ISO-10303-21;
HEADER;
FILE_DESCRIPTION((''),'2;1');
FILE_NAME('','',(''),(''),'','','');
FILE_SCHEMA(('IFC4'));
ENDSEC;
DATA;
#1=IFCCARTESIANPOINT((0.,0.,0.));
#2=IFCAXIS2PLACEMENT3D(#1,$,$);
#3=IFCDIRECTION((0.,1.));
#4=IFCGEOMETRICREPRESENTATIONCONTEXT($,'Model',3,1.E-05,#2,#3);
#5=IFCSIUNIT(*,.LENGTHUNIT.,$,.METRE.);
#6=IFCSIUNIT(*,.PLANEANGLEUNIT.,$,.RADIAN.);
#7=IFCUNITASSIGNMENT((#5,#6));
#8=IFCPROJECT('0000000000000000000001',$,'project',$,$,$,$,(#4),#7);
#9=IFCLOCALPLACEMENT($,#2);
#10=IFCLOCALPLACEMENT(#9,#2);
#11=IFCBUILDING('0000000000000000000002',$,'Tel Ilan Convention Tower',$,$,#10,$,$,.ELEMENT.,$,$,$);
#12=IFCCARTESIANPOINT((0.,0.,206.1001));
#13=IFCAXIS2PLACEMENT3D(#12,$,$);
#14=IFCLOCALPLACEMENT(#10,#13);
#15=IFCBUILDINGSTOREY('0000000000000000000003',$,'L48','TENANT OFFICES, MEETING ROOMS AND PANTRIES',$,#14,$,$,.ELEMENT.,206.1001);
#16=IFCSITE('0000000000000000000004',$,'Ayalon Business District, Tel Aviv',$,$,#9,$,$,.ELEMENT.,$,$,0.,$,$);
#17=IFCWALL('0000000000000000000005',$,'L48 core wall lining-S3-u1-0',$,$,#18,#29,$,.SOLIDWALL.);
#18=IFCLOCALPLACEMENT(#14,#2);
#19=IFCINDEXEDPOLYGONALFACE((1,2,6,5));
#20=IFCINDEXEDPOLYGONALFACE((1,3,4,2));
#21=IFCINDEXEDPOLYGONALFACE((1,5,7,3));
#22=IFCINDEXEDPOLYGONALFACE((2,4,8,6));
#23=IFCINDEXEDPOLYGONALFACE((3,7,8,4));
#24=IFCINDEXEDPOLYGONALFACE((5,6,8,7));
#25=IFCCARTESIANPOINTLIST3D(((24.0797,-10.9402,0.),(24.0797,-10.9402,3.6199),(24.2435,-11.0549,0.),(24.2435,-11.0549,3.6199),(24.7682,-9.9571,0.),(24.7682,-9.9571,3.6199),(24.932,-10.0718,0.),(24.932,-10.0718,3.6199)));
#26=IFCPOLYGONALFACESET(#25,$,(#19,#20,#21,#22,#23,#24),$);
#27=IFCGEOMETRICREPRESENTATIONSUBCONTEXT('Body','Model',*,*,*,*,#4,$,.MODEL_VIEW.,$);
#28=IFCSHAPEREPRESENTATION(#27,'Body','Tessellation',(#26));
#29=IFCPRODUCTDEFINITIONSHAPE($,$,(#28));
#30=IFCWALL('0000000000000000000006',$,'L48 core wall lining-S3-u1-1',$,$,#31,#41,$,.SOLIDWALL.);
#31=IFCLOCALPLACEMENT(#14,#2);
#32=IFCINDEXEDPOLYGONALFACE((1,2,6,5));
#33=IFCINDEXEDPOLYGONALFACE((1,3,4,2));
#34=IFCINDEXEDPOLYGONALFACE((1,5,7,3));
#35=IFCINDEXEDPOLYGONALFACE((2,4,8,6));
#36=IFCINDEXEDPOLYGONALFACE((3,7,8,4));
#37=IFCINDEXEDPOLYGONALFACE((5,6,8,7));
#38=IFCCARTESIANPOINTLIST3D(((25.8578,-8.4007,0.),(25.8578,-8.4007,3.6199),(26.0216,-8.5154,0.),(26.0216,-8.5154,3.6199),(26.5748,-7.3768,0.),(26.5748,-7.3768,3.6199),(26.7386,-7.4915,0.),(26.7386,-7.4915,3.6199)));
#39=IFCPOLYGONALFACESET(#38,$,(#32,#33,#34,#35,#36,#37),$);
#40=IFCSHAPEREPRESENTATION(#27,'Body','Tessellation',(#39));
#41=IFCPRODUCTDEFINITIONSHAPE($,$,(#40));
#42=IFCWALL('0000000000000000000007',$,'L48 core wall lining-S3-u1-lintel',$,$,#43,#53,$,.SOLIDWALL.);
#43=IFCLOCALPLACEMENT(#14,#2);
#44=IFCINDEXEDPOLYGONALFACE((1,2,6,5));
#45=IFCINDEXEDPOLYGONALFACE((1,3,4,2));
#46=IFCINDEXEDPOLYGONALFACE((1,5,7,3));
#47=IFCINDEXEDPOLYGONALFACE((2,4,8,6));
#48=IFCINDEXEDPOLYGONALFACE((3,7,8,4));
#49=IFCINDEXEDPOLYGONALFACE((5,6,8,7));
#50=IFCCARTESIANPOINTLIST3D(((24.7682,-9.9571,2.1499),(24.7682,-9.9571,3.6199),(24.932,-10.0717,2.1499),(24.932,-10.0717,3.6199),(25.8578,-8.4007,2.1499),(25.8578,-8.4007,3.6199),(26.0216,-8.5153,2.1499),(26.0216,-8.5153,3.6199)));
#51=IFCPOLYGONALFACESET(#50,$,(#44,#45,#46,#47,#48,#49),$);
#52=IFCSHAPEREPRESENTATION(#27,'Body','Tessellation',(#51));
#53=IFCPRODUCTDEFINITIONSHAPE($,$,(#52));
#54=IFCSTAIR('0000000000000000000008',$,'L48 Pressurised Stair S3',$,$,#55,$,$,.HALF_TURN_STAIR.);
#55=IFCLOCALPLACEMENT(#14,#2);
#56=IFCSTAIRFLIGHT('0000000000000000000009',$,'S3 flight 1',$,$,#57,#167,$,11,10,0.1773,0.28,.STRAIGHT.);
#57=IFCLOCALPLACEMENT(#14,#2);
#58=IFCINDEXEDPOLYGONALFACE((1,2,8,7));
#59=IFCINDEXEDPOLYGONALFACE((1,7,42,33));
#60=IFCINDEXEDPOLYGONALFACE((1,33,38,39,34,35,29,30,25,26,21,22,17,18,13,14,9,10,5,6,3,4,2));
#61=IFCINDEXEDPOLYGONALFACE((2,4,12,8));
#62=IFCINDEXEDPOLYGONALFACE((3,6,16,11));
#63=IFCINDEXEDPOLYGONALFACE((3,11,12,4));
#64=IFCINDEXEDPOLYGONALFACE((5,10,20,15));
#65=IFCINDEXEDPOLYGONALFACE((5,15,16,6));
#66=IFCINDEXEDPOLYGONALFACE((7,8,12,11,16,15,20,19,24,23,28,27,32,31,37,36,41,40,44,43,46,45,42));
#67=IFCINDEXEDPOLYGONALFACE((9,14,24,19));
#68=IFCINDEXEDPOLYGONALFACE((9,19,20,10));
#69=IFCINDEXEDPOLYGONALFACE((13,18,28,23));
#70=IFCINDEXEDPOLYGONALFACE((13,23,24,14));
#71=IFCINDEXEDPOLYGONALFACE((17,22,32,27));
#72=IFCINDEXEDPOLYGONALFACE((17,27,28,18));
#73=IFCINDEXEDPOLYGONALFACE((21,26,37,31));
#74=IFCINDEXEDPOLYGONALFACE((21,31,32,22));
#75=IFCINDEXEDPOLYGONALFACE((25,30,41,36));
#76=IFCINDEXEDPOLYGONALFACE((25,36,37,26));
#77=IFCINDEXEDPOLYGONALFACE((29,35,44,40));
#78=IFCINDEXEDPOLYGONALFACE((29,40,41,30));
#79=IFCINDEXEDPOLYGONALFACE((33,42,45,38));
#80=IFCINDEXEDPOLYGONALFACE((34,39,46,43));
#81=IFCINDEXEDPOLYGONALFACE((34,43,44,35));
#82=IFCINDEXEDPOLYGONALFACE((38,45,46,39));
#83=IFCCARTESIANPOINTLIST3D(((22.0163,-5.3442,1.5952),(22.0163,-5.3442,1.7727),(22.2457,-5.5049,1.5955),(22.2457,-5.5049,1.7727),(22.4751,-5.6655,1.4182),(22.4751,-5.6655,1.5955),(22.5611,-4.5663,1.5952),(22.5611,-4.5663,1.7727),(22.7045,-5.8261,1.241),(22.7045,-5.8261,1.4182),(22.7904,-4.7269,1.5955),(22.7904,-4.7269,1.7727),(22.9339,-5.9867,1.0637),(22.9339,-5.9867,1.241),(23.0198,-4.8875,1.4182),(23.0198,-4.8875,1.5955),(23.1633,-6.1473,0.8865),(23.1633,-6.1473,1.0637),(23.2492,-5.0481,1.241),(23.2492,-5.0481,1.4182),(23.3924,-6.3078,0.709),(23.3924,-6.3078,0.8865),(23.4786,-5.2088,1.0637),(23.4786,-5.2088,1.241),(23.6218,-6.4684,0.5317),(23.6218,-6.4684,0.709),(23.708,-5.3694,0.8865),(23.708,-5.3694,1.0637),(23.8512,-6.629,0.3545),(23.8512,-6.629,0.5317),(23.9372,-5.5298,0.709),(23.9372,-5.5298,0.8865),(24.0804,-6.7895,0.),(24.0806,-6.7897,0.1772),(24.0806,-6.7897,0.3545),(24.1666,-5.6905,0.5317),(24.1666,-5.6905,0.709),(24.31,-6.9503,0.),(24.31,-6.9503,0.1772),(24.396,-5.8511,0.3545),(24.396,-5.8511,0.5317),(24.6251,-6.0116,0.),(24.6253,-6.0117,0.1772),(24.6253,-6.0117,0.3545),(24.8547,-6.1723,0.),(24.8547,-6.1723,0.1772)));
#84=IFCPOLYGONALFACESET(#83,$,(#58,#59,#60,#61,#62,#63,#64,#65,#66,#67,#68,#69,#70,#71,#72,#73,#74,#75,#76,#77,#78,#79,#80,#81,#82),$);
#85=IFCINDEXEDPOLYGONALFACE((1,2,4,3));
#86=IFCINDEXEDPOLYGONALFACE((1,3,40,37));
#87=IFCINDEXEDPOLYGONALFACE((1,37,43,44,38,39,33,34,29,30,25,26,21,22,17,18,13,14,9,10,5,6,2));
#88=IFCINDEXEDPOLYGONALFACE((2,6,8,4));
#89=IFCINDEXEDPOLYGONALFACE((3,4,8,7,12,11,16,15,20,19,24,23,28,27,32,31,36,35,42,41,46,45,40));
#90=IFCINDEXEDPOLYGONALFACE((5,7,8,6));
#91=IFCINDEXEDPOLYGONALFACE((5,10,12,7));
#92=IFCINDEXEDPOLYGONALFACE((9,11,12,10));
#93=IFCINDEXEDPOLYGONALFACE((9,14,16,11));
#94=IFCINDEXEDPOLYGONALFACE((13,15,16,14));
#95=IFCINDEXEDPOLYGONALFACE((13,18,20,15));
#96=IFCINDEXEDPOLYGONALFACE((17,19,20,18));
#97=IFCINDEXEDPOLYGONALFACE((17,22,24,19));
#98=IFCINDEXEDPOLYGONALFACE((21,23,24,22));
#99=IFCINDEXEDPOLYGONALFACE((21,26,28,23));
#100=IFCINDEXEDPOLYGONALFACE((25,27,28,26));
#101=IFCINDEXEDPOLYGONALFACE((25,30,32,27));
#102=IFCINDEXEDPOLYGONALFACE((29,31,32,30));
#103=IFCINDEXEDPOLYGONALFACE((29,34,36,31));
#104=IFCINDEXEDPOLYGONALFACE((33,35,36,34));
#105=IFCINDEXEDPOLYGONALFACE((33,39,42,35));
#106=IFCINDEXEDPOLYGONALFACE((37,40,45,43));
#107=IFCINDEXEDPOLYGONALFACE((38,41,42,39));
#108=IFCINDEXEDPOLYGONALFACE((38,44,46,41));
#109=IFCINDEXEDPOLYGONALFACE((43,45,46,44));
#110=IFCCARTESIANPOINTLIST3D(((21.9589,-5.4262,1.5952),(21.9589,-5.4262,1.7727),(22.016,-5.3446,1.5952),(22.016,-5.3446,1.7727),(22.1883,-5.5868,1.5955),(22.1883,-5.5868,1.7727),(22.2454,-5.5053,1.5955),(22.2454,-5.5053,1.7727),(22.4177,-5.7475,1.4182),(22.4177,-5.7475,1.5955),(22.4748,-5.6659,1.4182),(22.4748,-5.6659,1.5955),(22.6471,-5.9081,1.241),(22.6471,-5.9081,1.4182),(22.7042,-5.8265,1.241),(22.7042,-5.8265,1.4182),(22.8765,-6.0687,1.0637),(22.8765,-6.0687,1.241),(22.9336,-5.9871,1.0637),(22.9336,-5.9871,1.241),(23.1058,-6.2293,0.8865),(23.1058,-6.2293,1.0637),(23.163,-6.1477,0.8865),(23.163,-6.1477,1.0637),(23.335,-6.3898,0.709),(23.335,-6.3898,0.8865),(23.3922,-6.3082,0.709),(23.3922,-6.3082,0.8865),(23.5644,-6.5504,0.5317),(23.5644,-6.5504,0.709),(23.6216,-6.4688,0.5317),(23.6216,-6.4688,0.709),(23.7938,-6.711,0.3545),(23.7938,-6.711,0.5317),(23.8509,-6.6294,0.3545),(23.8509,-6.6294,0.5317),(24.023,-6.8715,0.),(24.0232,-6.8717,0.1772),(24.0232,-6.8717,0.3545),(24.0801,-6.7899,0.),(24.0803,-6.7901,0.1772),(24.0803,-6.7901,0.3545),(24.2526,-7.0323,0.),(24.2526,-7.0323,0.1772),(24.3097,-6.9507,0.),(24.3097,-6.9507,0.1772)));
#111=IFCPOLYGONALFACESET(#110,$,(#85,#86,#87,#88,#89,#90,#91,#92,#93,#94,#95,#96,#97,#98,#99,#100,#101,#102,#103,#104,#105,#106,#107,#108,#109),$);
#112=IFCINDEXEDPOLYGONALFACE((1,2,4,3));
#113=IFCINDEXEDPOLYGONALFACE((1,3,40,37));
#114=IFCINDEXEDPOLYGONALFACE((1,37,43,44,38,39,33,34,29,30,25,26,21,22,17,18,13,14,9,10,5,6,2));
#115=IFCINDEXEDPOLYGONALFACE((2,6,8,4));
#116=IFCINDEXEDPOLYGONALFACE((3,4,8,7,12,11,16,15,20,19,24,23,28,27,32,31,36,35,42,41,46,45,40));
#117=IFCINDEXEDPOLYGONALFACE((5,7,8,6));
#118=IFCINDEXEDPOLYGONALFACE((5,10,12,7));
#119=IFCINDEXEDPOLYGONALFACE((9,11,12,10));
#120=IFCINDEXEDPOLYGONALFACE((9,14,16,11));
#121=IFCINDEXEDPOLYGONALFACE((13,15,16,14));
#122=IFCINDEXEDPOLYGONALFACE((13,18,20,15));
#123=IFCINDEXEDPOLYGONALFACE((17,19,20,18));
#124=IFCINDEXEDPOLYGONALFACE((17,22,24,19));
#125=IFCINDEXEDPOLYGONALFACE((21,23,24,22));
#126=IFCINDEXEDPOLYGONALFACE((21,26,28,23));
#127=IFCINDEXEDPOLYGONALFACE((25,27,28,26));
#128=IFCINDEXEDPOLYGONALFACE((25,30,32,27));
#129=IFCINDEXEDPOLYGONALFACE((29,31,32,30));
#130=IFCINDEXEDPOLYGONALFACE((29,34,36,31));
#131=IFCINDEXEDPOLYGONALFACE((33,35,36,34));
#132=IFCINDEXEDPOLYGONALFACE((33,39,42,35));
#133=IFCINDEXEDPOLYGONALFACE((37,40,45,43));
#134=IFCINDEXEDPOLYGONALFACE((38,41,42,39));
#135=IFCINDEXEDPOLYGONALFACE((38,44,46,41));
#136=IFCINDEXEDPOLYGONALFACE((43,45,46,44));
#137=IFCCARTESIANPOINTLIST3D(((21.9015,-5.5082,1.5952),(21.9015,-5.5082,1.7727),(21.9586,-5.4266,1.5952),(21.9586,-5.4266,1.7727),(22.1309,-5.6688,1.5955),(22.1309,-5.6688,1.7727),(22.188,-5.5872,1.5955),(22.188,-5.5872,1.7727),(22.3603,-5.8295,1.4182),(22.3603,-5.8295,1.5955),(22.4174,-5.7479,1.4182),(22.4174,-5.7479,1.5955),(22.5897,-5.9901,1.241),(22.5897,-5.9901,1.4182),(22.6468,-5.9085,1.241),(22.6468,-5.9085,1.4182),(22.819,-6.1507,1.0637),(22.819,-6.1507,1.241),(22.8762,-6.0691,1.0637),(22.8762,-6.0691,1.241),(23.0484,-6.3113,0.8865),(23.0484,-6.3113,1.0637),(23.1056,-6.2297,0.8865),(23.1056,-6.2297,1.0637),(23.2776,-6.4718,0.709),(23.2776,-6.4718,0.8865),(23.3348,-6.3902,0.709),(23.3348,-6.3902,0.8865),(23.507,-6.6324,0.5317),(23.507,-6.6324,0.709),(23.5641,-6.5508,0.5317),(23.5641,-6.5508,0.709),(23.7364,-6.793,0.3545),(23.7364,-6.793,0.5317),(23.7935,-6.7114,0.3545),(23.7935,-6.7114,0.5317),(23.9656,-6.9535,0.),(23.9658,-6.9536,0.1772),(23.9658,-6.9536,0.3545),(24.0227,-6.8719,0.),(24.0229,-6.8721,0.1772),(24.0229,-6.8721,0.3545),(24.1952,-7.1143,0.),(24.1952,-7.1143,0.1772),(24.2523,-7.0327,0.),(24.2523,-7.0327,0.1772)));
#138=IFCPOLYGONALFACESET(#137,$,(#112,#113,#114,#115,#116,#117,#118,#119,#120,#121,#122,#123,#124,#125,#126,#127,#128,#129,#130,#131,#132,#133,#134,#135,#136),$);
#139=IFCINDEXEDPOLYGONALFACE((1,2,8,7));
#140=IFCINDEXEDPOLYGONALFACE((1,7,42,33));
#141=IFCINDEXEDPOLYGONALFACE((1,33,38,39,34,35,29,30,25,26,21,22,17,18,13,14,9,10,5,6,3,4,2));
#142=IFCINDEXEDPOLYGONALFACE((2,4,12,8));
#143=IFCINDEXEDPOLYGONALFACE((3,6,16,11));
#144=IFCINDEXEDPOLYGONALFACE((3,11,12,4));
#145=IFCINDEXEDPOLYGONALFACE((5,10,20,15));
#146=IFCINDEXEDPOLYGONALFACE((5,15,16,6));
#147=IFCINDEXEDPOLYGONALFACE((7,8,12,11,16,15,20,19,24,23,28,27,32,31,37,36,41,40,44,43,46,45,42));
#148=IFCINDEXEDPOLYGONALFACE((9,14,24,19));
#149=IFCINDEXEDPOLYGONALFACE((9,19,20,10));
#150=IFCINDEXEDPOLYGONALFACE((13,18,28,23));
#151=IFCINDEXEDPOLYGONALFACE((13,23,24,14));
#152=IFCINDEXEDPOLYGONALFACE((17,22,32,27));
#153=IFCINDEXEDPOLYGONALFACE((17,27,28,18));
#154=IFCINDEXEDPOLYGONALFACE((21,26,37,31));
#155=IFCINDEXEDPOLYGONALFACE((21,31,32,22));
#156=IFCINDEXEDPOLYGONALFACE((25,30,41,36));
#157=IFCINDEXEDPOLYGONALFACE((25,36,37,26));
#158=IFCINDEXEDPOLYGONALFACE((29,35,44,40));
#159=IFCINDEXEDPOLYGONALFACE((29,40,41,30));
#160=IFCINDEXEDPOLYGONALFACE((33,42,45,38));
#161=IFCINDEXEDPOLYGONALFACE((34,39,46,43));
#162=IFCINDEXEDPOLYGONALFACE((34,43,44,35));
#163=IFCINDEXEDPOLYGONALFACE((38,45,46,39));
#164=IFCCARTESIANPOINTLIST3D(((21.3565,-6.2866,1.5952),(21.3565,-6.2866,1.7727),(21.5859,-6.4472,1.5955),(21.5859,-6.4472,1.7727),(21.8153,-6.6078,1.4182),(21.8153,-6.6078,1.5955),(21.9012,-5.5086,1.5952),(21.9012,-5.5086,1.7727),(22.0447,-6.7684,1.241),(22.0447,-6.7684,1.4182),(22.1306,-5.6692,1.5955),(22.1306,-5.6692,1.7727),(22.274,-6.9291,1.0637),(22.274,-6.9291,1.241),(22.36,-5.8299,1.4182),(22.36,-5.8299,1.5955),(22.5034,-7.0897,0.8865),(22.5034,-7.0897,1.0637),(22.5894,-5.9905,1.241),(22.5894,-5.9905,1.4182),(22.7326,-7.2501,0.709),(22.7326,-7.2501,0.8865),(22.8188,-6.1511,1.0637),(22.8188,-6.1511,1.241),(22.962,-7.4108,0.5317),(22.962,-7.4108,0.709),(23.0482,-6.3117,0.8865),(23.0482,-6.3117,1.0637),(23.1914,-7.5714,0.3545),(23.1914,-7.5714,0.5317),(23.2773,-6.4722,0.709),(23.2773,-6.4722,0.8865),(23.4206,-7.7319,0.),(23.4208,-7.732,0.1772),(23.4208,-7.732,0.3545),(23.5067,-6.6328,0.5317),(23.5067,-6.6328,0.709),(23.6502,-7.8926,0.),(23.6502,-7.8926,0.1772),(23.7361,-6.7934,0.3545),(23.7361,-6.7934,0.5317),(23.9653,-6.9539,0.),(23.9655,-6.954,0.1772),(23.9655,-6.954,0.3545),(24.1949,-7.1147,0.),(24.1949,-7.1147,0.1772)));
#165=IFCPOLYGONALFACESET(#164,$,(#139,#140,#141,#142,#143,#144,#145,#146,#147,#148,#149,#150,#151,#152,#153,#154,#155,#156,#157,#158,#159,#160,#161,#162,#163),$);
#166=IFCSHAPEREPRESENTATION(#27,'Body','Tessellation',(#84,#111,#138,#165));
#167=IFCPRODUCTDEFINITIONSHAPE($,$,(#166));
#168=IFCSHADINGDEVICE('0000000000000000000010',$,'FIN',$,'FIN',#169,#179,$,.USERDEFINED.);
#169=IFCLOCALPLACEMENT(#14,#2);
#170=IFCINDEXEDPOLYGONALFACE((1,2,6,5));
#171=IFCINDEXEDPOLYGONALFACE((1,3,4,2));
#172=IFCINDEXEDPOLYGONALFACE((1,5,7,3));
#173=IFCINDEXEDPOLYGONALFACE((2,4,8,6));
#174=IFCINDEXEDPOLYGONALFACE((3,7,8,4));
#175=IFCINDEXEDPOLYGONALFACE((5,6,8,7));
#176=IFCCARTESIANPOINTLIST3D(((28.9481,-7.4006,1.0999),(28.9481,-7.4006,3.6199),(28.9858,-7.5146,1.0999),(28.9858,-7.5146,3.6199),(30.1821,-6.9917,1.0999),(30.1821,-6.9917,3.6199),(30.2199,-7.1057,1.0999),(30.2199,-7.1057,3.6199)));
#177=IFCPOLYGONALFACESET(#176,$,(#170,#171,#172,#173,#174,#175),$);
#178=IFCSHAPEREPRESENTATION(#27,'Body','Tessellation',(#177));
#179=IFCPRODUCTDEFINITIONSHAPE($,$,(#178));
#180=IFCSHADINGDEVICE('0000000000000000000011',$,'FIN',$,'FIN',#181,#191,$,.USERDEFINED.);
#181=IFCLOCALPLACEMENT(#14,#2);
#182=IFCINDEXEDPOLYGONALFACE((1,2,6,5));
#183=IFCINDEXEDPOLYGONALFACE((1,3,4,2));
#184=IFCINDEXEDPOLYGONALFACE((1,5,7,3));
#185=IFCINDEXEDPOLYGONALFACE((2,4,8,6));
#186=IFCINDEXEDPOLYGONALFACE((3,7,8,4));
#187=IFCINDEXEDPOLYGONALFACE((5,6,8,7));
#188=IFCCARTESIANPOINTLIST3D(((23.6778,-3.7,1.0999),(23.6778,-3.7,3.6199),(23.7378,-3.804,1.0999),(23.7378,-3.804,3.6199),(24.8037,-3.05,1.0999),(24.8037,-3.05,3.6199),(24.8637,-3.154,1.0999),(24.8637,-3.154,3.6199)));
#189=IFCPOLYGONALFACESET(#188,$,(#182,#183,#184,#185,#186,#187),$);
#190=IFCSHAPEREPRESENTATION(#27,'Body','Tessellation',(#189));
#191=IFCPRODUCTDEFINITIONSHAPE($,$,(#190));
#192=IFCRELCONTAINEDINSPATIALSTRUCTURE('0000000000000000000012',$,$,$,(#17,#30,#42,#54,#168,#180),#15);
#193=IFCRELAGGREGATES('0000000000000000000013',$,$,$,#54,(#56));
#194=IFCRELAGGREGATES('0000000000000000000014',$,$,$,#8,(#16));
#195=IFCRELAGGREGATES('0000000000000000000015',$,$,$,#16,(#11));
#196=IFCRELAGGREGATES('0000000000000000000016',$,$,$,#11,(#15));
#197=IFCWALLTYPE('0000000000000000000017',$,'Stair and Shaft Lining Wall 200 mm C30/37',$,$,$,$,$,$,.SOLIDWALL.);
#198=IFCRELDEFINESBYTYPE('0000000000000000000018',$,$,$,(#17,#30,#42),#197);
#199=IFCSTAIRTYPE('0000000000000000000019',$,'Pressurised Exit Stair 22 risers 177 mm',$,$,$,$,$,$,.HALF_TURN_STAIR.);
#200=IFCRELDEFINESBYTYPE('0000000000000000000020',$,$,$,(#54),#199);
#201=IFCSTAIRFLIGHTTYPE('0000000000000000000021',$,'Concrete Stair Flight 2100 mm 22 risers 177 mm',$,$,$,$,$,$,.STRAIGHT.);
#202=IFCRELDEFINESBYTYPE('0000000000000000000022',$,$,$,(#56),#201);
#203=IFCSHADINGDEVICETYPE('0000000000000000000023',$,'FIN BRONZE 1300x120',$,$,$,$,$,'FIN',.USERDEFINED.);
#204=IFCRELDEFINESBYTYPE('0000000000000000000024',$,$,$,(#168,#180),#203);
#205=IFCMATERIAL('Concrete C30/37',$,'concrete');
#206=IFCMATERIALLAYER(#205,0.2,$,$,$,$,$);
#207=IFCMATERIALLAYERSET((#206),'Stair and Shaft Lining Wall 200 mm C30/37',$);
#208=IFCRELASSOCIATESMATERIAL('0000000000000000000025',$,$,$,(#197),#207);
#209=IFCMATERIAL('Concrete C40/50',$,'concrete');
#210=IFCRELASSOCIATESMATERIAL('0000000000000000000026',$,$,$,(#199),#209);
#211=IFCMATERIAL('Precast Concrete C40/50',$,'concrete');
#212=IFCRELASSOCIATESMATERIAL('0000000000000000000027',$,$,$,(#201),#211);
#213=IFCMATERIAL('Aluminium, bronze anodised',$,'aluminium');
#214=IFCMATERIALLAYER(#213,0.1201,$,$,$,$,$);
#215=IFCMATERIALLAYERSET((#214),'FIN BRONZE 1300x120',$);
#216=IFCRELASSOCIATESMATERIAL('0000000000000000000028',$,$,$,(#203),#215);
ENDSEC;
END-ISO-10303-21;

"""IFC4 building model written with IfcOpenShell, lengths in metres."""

from ifc_helpers import new_model, si_unit, direction, frame, frame_2d, origin, origin_2d, place, context, subcontext, project, spatial, polyline, rectangle, outline, extrude, material, layer, layer_set, type_object, element, aggregate, save


model = new_model("IFC4")

# Units and contexts
model_context = context("Model", 3, precision=1e-05, world=origin(), true_north=direction((0.0, 1.0)))
body_context = subcontext(model_context, "Body", "Model", "MODEL_VIEW")
ifc_project = project(units=[si_unit("LENGTHUNIT", "METRE"), si_unit("PLANEANGLEUNIT", "RADIAN")], contexts=[model_context])

# Site, building, storey
site_placement = place(None, origin())
site = spatial("IfcSite", under=ifc_project, at=site_placement, Name="Ayalon Business District, Tel Aviv", CompositionType="ELEMENT", RefElevation=0.0)
building_placement = place(site_placement, origin())
building = spatial("IfcBuilding", under=site, at=building_placement, Name="Tel Ilan Convention Tower", CompositionType="ELEMENT")
storey_placement = place(building_placement, frame((0.0, 0.0, 206.1001)))
storey = spatial("IfcBuildingStorey", under=building, at=storey_placement, Name="L48", Description="TENANT OFFICES, MEETING ROOMS AND PANTRIES", CompositionType="ELEMENT", Elevation=206.1001)

# Walls
ifc_material_1 = material(Name="Concrete C30/37", Category="concrete")
ifc_layer_1 = layer(ifc_material_1, 0.2)
ifc_layer_set_1 = layer_set([ifc_layer_1], Name="Stair and Shaft Lining Wall 200 mm C30/37")
wall_type_1 = type_object("IfcWallType", Name="Stair and Shaft Lining Wall 200 mm C30/37", PredefinedType="SOLIDWALL", material=ifc_layer_set_1)
wall_1_placement = place(storey_placement, frame((24.1616, -10.9976, 0.0), z_axis=(0.0, 0.0, 1.0), x_axis=(0.573613, 0.819127, 0.0)))
element("IfcWall", 1, at=wall_1_placement, inside=storey, type_object=wall_type_1, Name="L48 core wall lining-S3-u1-0", PredefinedType="SOLIDWALL", context=body_context, shape_type="SweptSolid", body=[
    extrude(rectangle(XDim=1.2002, YDim=0.2, at=frame_2d((0.6001, 0.0))), origin(), (0.0, 0.0, 1.0), 3.6199),
])
wall_2_placement = place(storey_placement, frame((25.9397, -8.458, 0.0), z_axis=(0.0, 0.0, 1.0), x_axis=(0.57362, 0.819122, 0.0)))
element("IfcWall", 2, at=wall_2_placement, inside=storey, type_object=wall_type_1, Name="L48 core wall lining-S3-u1-1", PredefinedType="SOLIDWALL", context=body_context, shape_type="SweptSolid", body=[
    extrude(rectangle(XDim=1.25, YDim=0.2, at=frame_2d((0.625, 0.0))), origin(), (0.0, 0.0, 1.0), 3.6199),
])
wall_3_placement = place(storey_placement, frame((24.8501, -10.0144, 2.1499), z_axis=(0.0, 0.0, 1.0), x_axis=(0.573505, 0.819202, 0.0)))
element("IfcWall", 3, at=wall_3_placement, inside=storey, type_object=wall_type_1, Name="L48 core wall lining-S3-u1-lintel", PredefinedType="SOLIDWALL", context=body_context, shape_type="SweptSolid", body=[
    extrude(rectangle(XDim=1.8999, YDim=0.2, at=frame_2d((0.95, 0.0))), origin(), (0.0, 0.0, 1.0), 1.47),
])

# Stair, stair flight
ifc_material_2 = material(Name="Concrete C40/50", Category="concrete")
stair_type = type_object("IfcStairType", Name="Pressurised Exit Stair 22 risers 177 mm", PredefinedType="HALF_TURN_STAIR", material=ifc_material_2)
stair_placement = place(storey_placement, origin())
stair = element("IfcStair", 4, at=stair_placement, inside=storey, type_object=stair_type, Name="L48 Pressurised Stair S3", PredefinedType="HALF_TURN_STAIR")
ifc_material_3 = material(Name="Precast Concrete C40/50", Category="concrete")
stair_flight_type = type_object("IfcStairFlightType", Name="Concrete Stair Flight 2100 mm 22 risers 177 mm", PredefinedType="STRAIGHT", material=ifc_material_3)
stair_flight_placement = place(storey_placement, frame((24.2524, -7.0325, 0.0), z_axis=(0.0, 0.0, 1.0), x_axis=(-0.819152, 0.573576, 0.0)))
stair_flight = element("IfcStairFlight", 5, at=stair_flight_placement, type_object=stair_flight_type, Name="S3 flight 1", NumberOfRisers=11, NumberOfTreads=10, PredefinedType="STRAIGHT", RiserHeight=0.1773, TreadLength=0.28, context=body_context, shape_type="SweptSolid", body=[
    extrude(outline(polyline([(0.0, 0.0), (0.0, 0.1772), (0.28, 0.1772), (0.28, 0.3545), (0.5601, 0.3545), (0.5601, 0.5317), (0.8401, 0.5317), (0.8401, 0.709), (1.1201, 0.709), (1.1201, 0.8865), (1.3999, 0.8865), (1.3999, 1.0637), (1.6799, 1.0637), (1.6799, 1.241), (1.96, 1.241), (1.96, 1.4182), (2.24, 1.4182), (2.24, 1.5955), (2.52, 1.5955), (2.52, 1.7727), (2.8, 1.7727), (2.8, 1.95), (2.8, 1.5952), (0.2803, 0.0), (0.0, 0.0)])), frame((0.0, -0.1003, 0.0), z_axis=(0.0, -1.0, 0.0), x_axis=(1.0, 0.0, 0.0)), (0.0, 0.0, 1.0), 0.9497),
    extrude(outline(polyline([(0.0, 0.0), (0.0, 0.1772), (0.28, 0.1772), (0.28, 0.3545), (0.5601, 0.3545), (0.5601, 0.5317), (0.8401, 0.5317), (0.8401, 0.709), (1.1201, 0.709), (1.1201, 0.8865), (1.3999, 0.8865), (1.3999, 1.0637), (1.6799, 1.0637), (1.6799, 1.241), (1.96, 1.241), (1.96, 1.4182), (2.24, 1.4182), (2.24, 1.5955), (2.52, 1.5955), (2.52, 1.7727), (2.8, 1.7727), (2.8, 1.95), (2.8, 1.5952), (0.2803, 0.0), (0.0, 0.0)])), frame((0.0, -0.0002, 0.0), z_axis=(0.0, -1.0, 0.0), x_axis=(1.0, 0.0, 0.0)), (0.0, 0.0, 1.0), 0.0996),
    extrude(outline(polyline([(0.0, 0.0), (0.0, 0.1772), (0.28, 0.1772), (0.28, 0.3545), (0.5601, 0.3545), (0.5601, 0.5317), (0.8401, 0.5317), (0.8401, 0.709), (1.1201, 0.709), (1.1201, 0.8865), (1.3999, 0.8865), (1.3999, 1.0637), (1.6799, 1.0637), (1.6799, 1.241), (1.96, 1.241), (1.96, 1.4182), (2.24, 1.4182), (2.24, 1.5955), (2.52, 1.5955), (2.52, 1.7727), (2.8, 1.7727), (2.8, 1.95), (2.8, 1.5952), (0.2803, 0.0), (0.0, 0.0)])), frame((0.0, 0.0999, 0.0), z_axis=(0.0, -1.0, 0.0), x_axis=(1.0, 0.0, 0.0)), (0.0, 0.0, 1.0), 0.0996),
    extrude(outline(polyline([(0.0, 0.0), (0.0, 0.1772), (0.28, 0.1772), (0.28, 0.3545), (0.5601, 0.3545), (0.5601, 0.5317), (0.8401, 0.5317), (0.8401, 0.709), (1.1201, 0.709), (1.1201, 0.8865), (1.3999, 0.8865), (1.3999, 1.0637), (1.6799, 1.0637), (1.6799, 1.241), (1.96, 1.241), (1.96, 1.4182), (2.24, 1.4182), (2.24, 1.5955), (2.52, 1.5955), (2.52, 1.7727), (2.8, 1.7727), (2.8, 1.95), (2.8, 1.5952), (0.2803, 0.0), (0.0, 0.0)])), frame((0.0, 1.05, 0.0), z_axis=(0.0, -1.0, 0.0), x_axis=(1.0, 0.0, 0.0)), (0.0, 0.0, 1.0), 0.9497),
])
aggregate(stair, [stair_flight])

# Shading devices
ifc_material_4 = material(Name="Aluminium, bronze anodised", Category="aluminium")
ifc_layer_2 = layer(ifc_material_4, 0.1201)
ifc_layer_set_2 = layer_set([ifc_layer_2], Name="FIN BRONZE 1300x120")
shading_device_type = type_object("IfcShadingDeviceType", Name="FIN BRONZE 1300x120", ElementType="FIN", PredefinedType="USERDEFINED", material=ifc_layer_set_2)
for number, where, z_axis, x_axis, name in (
    (6, (29.584, -7.2532, 1.0999), (0.0, 0.0, 1.0), (0.949243, 0.314545, 0.0), "FIN"),
    (7, (24.2708, -3.427, 1.0999), (0.0, 0.0, 1.0), (0.866025, 0.5, 0.0), "FIN"),
):
    element("IfcShadingDevice", number, at=place(storey_placement, frame(where, z_axis=z_axis, x_axis=x_axis)), inside=storey, type_object=shading_device_type, Name=name, ObjectType="FIN", PredefinedType="USERDEFINED", context=body_context, shape_type="SweptSolid", body=[
        extrude(rectangle(XDim=1.3, YDim=0.1201, at=origin_2d()), origin(), (0.0, 0.0, 1.0), 2.52),
    ])

save(model, "model.ifc")
